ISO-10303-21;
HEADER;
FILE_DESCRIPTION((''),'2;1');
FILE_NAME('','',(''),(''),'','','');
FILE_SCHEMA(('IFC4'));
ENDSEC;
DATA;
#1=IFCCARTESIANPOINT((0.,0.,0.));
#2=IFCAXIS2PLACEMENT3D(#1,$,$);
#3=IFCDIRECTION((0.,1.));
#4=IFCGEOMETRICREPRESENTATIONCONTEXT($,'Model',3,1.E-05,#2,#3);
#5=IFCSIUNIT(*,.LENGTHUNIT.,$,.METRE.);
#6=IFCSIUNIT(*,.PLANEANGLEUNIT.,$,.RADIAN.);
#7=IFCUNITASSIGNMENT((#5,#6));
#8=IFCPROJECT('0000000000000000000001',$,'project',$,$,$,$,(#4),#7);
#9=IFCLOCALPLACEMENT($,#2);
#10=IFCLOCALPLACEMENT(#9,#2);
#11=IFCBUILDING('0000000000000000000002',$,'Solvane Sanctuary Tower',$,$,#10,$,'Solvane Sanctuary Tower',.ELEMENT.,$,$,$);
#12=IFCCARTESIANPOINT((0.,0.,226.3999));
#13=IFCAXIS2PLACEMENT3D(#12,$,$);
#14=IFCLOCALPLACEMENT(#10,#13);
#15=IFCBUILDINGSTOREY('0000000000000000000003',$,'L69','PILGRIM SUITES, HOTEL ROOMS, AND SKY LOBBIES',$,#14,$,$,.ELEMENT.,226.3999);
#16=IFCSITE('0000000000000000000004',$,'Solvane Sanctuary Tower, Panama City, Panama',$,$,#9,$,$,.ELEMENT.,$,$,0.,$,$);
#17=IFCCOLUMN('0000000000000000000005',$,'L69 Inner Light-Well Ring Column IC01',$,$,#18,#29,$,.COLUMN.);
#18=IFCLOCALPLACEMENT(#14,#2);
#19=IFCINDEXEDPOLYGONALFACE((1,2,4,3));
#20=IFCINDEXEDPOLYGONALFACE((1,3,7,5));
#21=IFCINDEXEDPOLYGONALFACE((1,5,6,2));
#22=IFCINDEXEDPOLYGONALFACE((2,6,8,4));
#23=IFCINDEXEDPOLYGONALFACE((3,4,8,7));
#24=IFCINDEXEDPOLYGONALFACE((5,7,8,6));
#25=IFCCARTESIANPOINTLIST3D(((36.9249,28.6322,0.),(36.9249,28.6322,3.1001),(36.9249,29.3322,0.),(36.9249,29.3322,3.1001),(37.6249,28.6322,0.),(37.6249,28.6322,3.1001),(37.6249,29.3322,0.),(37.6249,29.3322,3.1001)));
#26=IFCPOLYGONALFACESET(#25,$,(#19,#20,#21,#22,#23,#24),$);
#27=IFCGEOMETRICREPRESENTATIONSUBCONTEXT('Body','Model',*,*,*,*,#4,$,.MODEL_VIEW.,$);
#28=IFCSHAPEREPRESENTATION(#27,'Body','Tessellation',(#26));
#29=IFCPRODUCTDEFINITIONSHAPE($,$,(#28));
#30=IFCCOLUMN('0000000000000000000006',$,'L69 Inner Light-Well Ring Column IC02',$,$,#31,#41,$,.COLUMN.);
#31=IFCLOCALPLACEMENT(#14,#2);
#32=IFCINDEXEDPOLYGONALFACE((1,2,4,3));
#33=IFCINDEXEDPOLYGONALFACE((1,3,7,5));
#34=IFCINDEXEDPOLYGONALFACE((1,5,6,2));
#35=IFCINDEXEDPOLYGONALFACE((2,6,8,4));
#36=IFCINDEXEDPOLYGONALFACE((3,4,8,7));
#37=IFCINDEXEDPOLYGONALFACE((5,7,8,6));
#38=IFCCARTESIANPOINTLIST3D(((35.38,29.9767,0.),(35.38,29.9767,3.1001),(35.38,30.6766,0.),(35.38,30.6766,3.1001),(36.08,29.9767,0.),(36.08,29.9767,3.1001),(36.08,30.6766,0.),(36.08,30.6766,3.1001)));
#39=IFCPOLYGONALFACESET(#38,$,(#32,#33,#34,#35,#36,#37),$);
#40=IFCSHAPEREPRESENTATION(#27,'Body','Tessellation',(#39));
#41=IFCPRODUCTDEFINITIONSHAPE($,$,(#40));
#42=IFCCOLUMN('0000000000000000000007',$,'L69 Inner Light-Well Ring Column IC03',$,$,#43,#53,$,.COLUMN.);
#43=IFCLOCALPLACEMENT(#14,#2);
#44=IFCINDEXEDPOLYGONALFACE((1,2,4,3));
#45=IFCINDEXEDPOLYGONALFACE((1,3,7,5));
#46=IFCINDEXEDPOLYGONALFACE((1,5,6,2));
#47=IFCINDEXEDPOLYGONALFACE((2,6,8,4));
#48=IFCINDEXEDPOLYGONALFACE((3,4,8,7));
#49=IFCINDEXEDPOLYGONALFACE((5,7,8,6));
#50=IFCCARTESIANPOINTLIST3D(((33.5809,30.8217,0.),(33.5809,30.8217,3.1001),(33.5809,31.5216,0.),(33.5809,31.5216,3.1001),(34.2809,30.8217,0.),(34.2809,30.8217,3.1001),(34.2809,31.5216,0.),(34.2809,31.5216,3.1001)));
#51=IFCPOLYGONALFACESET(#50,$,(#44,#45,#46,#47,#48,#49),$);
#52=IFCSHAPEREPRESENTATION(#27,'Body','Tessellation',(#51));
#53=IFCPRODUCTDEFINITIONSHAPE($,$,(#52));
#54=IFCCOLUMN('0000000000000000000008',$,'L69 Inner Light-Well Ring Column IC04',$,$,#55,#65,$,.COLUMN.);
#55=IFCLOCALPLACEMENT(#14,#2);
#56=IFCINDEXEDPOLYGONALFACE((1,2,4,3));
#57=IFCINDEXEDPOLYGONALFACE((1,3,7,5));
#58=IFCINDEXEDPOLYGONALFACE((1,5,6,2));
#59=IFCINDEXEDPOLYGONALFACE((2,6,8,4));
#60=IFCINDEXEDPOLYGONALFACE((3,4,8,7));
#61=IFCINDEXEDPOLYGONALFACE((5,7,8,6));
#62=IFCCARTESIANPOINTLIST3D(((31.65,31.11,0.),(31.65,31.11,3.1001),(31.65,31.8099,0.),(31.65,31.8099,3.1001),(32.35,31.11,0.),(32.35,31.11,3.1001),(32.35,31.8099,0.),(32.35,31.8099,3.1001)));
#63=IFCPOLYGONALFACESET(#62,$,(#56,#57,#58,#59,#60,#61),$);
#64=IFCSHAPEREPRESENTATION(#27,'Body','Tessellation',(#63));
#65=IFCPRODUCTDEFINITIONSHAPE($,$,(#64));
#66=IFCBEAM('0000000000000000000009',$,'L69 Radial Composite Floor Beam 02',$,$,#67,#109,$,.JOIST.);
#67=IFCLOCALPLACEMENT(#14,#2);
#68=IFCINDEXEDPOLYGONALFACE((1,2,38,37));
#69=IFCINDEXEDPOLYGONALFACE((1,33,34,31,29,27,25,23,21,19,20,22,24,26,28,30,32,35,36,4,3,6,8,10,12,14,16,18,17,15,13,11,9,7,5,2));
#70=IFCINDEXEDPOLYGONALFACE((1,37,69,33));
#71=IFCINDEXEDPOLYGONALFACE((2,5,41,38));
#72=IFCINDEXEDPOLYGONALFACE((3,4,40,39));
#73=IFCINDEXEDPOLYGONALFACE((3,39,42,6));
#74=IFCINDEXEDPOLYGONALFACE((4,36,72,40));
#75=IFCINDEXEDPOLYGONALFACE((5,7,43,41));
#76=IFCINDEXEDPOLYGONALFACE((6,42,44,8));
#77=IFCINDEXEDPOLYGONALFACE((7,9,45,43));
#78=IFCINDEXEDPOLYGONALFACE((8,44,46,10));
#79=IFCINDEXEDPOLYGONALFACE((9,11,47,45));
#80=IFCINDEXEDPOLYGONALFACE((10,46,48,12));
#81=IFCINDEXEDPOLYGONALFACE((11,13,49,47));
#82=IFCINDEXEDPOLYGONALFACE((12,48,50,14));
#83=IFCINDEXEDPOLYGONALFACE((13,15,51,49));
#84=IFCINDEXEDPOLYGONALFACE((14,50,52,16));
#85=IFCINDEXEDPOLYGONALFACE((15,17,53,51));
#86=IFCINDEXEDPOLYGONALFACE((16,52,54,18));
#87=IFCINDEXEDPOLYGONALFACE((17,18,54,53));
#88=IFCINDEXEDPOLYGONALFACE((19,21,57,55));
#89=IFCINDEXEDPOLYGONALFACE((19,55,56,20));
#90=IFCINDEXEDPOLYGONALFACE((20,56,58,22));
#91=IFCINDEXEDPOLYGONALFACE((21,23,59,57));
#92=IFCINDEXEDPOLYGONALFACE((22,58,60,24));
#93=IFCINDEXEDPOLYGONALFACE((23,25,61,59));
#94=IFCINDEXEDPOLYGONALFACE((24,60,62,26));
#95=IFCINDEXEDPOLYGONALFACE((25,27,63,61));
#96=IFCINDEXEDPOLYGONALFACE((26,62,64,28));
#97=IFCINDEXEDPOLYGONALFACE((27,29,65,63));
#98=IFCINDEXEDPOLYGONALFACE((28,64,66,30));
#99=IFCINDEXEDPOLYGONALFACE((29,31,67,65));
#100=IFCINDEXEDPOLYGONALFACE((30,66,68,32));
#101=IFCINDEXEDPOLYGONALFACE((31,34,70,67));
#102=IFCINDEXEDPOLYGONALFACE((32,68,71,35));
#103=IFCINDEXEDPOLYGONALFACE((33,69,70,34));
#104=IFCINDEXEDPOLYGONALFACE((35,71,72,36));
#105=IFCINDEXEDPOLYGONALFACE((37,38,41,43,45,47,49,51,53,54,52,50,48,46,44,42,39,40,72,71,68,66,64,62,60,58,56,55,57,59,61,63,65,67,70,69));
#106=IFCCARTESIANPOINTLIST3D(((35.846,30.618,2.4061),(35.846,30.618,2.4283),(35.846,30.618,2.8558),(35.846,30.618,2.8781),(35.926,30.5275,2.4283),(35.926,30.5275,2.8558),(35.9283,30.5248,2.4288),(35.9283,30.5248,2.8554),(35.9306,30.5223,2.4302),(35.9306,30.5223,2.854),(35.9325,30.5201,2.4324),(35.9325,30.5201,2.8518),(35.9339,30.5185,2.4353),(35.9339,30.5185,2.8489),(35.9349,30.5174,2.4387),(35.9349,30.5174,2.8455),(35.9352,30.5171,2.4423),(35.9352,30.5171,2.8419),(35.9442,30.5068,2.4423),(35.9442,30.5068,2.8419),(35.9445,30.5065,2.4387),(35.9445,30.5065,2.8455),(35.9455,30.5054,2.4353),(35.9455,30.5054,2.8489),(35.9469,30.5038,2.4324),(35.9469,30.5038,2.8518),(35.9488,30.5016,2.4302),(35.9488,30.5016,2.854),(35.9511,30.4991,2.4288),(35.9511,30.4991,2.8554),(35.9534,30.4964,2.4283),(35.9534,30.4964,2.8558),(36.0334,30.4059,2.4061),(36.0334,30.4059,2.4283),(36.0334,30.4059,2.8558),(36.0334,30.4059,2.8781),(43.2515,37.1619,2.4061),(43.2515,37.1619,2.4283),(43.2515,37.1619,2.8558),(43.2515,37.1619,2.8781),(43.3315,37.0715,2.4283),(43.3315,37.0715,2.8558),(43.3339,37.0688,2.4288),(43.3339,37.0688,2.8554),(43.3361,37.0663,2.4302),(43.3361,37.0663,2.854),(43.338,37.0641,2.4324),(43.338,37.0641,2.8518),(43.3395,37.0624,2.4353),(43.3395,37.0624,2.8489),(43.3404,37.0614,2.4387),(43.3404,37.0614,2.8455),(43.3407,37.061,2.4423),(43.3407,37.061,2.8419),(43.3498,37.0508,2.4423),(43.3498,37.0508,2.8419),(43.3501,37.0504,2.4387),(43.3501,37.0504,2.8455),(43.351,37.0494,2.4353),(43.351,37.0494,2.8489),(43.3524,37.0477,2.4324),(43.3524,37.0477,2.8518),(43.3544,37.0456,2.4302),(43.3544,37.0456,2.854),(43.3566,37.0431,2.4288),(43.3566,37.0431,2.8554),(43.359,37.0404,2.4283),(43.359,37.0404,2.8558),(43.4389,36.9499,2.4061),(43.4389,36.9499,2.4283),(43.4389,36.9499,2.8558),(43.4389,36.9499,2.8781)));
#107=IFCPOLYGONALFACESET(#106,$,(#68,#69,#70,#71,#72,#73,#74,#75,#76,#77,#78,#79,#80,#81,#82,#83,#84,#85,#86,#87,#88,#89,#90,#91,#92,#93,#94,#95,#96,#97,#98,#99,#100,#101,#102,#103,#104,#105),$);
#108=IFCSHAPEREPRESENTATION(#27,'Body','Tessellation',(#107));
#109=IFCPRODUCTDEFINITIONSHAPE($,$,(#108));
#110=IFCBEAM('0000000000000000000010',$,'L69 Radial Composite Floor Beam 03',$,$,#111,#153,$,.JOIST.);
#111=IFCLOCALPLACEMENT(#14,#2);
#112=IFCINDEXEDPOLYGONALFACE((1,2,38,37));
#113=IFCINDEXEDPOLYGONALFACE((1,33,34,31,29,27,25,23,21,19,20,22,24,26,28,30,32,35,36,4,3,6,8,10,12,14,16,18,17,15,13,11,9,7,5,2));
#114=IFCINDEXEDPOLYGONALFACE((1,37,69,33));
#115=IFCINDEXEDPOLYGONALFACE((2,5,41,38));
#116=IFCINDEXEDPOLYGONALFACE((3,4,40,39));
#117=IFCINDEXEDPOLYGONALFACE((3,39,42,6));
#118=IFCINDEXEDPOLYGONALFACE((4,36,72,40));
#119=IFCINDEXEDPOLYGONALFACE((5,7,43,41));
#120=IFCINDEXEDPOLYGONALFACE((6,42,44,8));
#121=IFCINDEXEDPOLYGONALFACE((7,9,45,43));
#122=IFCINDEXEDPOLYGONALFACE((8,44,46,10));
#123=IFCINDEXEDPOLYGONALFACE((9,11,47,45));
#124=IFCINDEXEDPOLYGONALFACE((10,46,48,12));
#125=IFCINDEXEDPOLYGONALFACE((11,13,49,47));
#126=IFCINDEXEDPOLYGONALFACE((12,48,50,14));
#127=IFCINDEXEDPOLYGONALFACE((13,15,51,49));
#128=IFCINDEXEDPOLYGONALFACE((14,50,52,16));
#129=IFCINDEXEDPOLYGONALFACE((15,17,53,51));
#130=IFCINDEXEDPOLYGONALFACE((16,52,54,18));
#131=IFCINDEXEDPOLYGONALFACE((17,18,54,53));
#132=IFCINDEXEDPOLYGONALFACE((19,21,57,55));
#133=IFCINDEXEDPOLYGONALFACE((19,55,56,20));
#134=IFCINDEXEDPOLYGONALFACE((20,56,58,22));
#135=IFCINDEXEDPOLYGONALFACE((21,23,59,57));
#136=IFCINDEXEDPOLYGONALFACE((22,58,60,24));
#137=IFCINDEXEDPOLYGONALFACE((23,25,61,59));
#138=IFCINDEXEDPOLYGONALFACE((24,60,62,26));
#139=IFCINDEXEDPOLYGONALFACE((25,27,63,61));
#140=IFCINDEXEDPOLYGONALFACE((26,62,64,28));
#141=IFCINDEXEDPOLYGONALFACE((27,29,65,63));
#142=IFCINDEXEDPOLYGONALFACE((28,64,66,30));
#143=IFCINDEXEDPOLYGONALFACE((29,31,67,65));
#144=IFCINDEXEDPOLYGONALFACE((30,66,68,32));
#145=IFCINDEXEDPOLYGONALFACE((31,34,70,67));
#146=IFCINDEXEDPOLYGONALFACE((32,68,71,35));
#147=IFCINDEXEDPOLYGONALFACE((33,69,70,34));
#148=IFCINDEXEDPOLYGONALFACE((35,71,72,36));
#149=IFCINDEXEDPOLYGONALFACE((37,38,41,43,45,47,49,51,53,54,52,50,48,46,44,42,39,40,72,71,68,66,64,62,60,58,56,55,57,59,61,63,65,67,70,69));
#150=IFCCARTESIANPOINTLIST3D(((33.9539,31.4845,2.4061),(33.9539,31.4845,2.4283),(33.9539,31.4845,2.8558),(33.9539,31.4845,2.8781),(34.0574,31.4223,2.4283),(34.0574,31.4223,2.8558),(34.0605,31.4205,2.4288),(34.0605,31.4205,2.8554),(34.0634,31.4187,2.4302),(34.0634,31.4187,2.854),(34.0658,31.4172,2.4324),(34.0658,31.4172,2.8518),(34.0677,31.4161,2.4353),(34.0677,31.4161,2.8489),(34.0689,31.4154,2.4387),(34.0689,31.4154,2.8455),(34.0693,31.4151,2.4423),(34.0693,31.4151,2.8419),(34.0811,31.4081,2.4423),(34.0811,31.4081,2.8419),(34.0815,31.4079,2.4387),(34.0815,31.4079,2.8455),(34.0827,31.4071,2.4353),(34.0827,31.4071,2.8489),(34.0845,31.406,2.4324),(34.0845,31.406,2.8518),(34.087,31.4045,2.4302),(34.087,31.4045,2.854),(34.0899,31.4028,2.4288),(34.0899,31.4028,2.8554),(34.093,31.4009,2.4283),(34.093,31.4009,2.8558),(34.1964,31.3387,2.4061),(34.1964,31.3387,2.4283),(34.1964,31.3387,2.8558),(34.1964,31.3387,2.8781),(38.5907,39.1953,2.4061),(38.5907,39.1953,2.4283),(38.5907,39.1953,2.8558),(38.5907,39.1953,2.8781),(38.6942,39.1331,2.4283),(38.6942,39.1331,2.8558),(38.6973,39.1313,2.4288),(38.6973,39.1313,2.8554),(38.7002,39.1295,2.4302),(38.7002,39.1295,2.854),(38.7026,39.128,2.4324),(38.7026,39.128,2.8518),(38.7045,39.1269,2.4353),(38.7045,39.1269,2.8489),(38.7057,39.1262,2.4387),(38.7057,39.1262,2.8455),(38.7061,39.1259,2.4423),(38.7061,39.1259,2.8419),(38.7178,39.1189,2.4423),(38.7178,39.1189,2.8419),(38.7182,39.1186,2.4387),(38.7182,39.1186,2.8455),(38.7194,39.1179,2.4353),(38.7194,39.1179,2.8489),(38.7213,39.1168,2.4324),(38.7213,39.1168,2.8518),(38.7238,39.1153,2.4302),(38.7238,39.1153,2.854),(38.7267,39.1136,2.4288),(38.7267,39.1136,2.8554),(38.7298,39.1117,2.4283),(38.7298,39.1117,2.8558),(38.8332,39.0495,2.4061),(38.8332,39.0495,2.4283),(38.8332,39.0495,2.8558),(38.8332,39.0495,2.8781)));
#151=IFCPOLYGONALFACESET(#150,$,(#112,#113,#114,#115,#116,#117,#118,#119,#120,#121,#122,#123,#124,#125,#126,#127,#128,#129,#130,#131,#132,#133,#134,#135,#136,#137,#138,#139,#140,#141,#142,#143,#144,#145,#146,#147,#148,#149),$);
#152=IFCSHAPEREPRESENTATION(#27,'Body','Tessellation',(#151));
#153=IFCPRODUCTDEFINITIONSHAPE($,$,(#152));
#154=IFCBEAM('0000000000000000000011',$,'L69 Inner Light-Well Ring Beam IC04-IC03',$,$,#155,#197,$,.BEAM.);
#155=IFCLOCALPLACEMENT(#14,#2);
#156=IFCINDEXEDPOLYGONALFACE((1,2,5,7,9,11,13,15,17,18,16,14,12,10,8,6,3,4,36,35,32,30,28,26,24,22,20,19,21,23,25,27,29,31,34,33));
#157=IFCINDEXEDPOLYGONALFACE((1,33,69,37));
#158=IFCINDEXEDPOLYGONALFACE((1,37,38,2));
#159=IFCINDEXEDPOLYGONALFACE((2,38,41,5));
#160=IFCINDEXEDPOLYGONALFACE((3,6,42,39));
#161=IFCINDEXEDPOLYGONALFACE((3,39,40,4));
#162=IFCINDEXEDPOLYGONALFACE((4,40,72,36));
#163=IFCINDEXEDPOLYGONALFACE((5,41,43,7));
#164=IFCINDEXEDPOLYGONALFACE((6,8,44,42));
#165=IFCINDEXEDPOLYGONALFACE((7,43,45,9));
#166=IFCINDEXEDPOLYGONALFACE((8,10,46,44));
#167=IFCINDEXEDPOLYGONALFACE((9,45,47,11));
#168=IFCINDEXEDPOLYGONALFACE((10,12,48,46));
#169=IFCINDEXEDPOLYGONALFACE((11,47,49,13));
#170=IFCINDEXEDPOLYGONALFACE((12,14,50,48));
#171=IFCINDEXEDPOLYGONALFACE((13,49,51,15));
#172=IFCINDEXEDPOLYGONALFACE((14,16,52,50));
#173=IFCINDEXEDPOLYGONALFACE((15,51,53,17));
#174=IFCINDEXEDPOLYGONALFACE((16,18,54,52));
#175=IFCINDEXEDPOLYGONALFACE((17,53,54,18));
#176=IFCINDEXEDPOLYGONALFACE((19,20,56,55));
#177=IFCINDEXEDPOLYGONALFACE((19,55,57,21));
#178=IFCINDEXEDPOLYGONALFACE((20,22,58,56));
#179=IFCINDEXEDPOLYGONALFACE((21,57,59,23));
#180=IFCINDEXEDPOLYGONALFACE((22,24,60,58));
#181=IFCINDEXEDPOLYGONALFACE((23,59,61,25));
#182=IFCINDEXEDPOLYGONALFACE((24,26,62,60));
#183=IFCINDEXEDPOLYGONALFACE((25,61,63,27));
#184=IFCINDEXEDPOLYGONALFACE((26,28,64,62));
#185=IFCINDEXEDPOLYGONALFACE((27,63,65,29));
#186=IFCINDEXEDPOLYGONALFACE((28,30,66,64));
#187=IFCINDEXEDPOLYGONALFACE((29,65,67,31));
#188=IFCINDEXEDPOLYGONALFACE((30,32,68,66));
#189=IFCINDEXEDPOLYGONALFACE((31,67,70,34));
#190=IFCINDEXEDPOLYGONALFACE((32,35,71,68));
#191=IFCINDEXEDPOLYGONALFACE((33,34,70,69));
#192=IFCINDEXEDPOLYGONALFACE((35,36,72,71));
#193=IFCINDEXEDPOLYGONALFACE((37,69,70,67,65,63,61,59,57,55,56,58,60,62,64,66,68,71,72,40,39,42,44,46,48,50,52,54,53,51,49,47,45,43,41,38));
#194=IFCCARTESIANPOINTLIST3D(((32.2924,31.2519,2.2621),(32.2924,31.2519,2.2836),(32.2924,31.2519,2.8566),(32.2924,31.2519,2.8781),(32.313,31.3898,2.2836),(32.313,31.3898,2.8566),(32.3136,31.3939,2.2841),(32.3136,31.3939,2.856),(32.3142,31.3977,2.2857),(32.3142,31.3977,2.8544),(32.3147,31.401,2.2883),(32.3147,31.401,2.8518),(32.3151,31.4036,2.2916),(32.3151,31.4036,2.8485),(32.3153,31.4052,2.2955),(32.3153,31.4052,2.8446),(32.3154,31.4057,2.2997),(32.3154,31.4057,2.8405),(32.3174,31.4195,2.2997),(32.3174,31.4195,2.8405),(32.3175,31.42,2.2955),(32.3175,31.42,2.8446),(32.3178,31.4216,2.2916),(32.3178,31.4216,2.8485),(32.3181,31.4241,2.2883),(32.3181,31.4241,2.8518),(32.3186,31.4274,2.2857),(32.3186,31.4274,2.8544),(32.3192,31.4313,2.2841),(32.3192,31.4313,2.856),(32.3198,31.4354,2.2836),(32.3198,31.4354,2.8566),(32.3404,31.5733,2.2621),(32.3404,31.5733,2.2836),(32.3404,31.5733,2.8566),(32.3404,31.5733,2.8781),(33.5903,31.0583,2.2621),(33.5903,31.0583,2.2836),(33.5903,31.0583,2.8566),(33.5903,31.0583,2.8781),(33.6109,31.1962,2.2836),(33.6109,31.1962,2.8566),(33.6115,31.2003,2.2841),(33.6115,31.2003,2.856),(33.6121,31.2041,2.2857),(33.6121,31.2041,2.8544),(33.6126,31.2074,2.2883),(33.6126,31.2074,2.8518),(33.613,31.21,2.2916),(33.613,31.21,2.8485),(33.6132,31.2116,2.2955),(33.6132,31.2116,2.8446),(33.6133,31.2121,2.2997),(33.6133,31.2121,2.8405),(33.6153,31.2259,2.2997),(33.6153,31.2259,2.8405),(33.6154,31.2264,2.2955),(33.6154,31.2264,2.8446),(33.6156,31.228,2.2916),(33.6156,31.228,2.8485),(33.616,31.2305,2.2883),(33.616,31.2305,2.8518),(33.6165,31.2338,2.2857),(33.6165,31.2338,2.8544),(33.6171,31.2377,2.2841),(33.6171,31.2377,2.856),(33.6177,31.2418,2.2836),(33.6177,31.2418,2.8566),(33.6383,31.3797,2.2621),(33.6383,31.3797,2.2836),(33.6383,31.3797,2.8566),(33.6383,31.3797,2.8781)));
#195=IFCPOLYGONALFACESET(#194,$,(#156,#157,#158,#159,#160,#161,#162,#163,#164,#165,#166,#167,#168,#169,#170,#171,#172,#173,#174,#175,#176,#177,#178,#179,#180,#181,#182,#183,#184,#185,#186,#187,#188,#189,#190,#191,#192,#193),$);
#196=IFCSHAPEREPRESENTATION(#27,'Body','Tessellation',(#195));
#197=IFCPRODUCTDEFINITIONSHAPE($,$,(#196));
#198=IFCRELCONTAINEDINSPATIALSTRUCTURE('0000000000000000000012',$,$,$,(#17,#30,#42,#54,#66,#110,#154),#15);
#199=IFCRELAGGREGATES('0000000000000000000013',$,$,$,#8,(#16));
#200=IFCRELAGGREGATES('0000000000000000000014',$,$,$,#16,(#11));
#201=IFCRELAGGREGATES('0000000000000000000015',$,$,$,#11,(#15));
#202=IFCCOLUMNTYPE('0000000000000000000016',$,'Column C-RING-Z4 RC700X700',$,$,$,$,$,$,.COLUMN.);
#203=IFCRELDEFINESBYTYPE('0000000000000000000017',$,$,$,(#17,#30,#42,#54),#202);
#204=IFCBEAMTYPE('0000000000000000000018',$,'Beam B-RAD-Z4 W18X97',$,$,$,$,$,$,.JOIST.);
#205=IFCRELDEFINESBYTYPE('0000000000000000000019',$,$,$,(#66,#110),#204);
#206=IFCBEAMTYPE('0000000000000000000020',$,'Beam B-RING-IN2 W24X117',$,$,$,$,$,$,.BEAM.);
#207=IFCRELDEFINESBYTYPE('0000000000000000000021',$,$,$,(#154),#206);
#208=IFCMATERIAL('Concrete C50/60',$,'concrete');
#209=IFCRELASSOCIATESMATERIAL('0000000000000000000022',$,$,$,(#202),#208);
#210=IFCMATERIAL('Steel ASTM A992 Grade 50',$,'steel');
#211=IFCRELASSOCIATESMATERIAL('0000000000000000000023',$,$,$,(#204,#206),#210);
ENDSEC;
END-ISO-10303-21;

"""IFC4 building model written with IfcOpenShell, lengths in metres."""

from ifc_helpers import new_model, si_unit, direction, frame, origin, origin_2d, place, context, subcontext, project, spatial, rectangle, i_section, extrude, material, material_profile, profile_set, type_object, element, save


model = new_model("IFC4")

# Units and contexts
model_context = context("Model", 3, precision=1e-05, world=origin(), true_north=direction((0.0, 1.0)))
body_context = subcontext(model_context, "Body", "Model", "MODEL_VIEW")
ifc_project = project(units=[si_unit("LENGTHUNIT", "METRE"), si_unit("PLANEANGLEUNIT", "RADIAN")], contexts=[model_context])

# Site, building, storey
site_placement = place(None, origin())
site = spatial("IfcSite", under=ifc_project, at=site_placement, Name="Solvane Sanctuary Tower, Panama City, Panama", CompositionType="ELEMENT", RefElevation=0.0)
building_placement = place(site_placement, origin())
building = spatial("IfcBuilding", under=site, at=building_placement, Name="Solvane Sanctuary Tower", LongName="Solvane Sanctuary Tower", CompositionType="ELEMENT")
storey_placement = place(building_placement, frame((0.0, 0.0, 226.3999)))
storey = spatial("IfcBuildingStorey", under=building, at=storey_placement, Name="L69", Description="PILGRIM SUITES, HOTEL ROOMS, AND SKY LOBBIES", CompositionType="ELEMENT", Elevation=226.3999)

# Columns
ifc_material_1 = material(Name="Concrete C50/60", Category="concrete")
ifc_material_profile_1 = material_profile(ifc_material_1, rectangle(XDim=0.7, YDim=0.7, at=origin_2d()), Name="RC700X700")
ifc_profile_set_1 = profile_set([ifc_material_profile_1], Name="Concrete C50/60")
column_type = type_object("IfcColumnType", Name="Column C-RING-Z4 RC700X700", PredefinedType="COLUMN", material=ifc_profile_set_1)
for number, where, z_axis, x_axis, name in (
    (1, (37.2749, 28.9822, 0.0), (0.0, 0.0, 1.0), (1.0, 0.0, 0.0), "L69 Inner Light-Well Ring Column IC01"),
    (2, (35.73, 30.3267, 0.0), (0.0, 0.0, 1.0), (1.0, 0.0, 0.0), "L69 Inner Light-Well Ring Column IC02"),
    (3, (33.9309, 31.1716, 0.0), (0.0, 0.0, 1.0), (1.0, 0.0, 0.0), "L69 Inner Light-Well Ring Column IC03"),
    (4, (32.0, 31.46, 0.0), (0.0, 0.0, 1.0), (1.0, 0.0, 0.0), "L69 Inner Light-Well Ring Column IC04"),
):
    element("IfcColumn", number, at=place(storey_placement, frame(where, z_axis=z_axis, x_axis=x_axis)), inside=storey, type_object=column_type, Name=name, PredefinedType="COLUMN", context=body_context, shape_type="SweptSolid", body=[
        extrude(rectangle(XDim=0.7, YDim=0.7, at=origin_2d()), origin(), (0.0, 0.0, 1.0), 3.1001),
    ])

# Beams
ifc_material_2 = material(Name="Steel ASTM A992 Grade 50", Category="steel")
ifc_material_profile_2 = material_profile(ifc_material_2, i_section(OverallWidth=0.283, OverallDepth=0.4719, WebThickness=0.0137, FlangeThickness=0.0222, FilletRadius=0.0139, at=origin_2d()), Name="W18X97")
ifc_profile_set_2 = profile_set([ifc_material_profile_2], Name="Steel ASTM A992 Grade 50")
beam_type_1 = type_object("IfcBeamType", Name="Beam B-RAD-Z4 W18X97", PredefinedType="JOIST", material=ifc_profile_set_2)
beam_1_placement = place(storey_placement, frame((35.9397, 30.512, 2.6421), z_axis=(0.749352, 0.662171, 0.0), x_axis=(-0.662171, 0.749352, 0.0)))
element("IfcBeam", 5, at=beam_1_placement, inside=storey, type_object=beam_type_1, Name="L69 Radial Composite Floor Beam 02", PredefinedType="JOIST", context=body_context, shape_type="SweptSolid", body=[
    extrude(i_section(OverallWidth=0.283, OverallDepth=0.4719, WebThickness=0.0137, FlangeThickness=0.0222, FilletRadius=0.0139, at=origin_2d()), origin(), (0.0, 0.0, 1.0), 9.8826),
])
beam_2_placement = place(storey_placement, frame((34.0752, 31.4116, 2.6421), z_axis=(0.515337, 0.856987, 0.0), x_axis=(-0.856987, 0.515337, 0.0)))
element("IfcBeam", 6, at=beam_2_placement, inside=storey, type_object=beam_type_1, Name="L69 Radial Composite Floor Beam 03", PredefinedType="JOIST", context=body_context, shape_type="SweptSolid", body=[
    extrude(i_section(OverallWidth=0.283, OverallDepth=0.4719, WebThickness=0.0137, FlangeThickness=0.0222, FilletRadius=0.0139, at=origin_2d()), origin(), (0.0, 0.0, 1.0), 8.9976),
])
ifc_material_profile_3 = material_profile(ifc_material_2, i_section(OverallWidth=0.325, OverallDepth=0.616, WebThickness=0.0139, FlangeThickness=0.0215, FilletRadius=0.0161, at=origin_2d()), Name="W24X117")
ifc_profile_set_3 = profile_set([ifc_material_profile_3], Name="Steel ASTM A992 Grade 50")
beam_type_2 = type_object("IfcBeamType", Name="Beam B-RING-IN2 W24X117", PredefinedType="BEAM", material=ifc_profile_set_3)
beam_3_placement = place(storey_placement, frame((32.3164, 31.4126, 2.5701), z_axis=(0.989056, -0.14754, 0.0), x_axis=(0.14754, 0.989056, 0.0)))
element("IfcBeam", 7, at=beam_3_placement, inside=storey, type_object=beam_type_2, Name="L69 Inner Light-Well Ring Beam IC04-IC03", PredefinedType="BEAM", context=body_context, shape_type="SweptSolid", body=[
    extrude(i_section(OverallWidth=0.325, OverallDepth=0.616, WebThickness=0.0139, FlangeThickness=0.0215, FilletRadius=0.0161, at=origin_2d()), origin(), (0.0, 0.0, 1.0), 1.3123),
])

save(model, "model.ifc")
